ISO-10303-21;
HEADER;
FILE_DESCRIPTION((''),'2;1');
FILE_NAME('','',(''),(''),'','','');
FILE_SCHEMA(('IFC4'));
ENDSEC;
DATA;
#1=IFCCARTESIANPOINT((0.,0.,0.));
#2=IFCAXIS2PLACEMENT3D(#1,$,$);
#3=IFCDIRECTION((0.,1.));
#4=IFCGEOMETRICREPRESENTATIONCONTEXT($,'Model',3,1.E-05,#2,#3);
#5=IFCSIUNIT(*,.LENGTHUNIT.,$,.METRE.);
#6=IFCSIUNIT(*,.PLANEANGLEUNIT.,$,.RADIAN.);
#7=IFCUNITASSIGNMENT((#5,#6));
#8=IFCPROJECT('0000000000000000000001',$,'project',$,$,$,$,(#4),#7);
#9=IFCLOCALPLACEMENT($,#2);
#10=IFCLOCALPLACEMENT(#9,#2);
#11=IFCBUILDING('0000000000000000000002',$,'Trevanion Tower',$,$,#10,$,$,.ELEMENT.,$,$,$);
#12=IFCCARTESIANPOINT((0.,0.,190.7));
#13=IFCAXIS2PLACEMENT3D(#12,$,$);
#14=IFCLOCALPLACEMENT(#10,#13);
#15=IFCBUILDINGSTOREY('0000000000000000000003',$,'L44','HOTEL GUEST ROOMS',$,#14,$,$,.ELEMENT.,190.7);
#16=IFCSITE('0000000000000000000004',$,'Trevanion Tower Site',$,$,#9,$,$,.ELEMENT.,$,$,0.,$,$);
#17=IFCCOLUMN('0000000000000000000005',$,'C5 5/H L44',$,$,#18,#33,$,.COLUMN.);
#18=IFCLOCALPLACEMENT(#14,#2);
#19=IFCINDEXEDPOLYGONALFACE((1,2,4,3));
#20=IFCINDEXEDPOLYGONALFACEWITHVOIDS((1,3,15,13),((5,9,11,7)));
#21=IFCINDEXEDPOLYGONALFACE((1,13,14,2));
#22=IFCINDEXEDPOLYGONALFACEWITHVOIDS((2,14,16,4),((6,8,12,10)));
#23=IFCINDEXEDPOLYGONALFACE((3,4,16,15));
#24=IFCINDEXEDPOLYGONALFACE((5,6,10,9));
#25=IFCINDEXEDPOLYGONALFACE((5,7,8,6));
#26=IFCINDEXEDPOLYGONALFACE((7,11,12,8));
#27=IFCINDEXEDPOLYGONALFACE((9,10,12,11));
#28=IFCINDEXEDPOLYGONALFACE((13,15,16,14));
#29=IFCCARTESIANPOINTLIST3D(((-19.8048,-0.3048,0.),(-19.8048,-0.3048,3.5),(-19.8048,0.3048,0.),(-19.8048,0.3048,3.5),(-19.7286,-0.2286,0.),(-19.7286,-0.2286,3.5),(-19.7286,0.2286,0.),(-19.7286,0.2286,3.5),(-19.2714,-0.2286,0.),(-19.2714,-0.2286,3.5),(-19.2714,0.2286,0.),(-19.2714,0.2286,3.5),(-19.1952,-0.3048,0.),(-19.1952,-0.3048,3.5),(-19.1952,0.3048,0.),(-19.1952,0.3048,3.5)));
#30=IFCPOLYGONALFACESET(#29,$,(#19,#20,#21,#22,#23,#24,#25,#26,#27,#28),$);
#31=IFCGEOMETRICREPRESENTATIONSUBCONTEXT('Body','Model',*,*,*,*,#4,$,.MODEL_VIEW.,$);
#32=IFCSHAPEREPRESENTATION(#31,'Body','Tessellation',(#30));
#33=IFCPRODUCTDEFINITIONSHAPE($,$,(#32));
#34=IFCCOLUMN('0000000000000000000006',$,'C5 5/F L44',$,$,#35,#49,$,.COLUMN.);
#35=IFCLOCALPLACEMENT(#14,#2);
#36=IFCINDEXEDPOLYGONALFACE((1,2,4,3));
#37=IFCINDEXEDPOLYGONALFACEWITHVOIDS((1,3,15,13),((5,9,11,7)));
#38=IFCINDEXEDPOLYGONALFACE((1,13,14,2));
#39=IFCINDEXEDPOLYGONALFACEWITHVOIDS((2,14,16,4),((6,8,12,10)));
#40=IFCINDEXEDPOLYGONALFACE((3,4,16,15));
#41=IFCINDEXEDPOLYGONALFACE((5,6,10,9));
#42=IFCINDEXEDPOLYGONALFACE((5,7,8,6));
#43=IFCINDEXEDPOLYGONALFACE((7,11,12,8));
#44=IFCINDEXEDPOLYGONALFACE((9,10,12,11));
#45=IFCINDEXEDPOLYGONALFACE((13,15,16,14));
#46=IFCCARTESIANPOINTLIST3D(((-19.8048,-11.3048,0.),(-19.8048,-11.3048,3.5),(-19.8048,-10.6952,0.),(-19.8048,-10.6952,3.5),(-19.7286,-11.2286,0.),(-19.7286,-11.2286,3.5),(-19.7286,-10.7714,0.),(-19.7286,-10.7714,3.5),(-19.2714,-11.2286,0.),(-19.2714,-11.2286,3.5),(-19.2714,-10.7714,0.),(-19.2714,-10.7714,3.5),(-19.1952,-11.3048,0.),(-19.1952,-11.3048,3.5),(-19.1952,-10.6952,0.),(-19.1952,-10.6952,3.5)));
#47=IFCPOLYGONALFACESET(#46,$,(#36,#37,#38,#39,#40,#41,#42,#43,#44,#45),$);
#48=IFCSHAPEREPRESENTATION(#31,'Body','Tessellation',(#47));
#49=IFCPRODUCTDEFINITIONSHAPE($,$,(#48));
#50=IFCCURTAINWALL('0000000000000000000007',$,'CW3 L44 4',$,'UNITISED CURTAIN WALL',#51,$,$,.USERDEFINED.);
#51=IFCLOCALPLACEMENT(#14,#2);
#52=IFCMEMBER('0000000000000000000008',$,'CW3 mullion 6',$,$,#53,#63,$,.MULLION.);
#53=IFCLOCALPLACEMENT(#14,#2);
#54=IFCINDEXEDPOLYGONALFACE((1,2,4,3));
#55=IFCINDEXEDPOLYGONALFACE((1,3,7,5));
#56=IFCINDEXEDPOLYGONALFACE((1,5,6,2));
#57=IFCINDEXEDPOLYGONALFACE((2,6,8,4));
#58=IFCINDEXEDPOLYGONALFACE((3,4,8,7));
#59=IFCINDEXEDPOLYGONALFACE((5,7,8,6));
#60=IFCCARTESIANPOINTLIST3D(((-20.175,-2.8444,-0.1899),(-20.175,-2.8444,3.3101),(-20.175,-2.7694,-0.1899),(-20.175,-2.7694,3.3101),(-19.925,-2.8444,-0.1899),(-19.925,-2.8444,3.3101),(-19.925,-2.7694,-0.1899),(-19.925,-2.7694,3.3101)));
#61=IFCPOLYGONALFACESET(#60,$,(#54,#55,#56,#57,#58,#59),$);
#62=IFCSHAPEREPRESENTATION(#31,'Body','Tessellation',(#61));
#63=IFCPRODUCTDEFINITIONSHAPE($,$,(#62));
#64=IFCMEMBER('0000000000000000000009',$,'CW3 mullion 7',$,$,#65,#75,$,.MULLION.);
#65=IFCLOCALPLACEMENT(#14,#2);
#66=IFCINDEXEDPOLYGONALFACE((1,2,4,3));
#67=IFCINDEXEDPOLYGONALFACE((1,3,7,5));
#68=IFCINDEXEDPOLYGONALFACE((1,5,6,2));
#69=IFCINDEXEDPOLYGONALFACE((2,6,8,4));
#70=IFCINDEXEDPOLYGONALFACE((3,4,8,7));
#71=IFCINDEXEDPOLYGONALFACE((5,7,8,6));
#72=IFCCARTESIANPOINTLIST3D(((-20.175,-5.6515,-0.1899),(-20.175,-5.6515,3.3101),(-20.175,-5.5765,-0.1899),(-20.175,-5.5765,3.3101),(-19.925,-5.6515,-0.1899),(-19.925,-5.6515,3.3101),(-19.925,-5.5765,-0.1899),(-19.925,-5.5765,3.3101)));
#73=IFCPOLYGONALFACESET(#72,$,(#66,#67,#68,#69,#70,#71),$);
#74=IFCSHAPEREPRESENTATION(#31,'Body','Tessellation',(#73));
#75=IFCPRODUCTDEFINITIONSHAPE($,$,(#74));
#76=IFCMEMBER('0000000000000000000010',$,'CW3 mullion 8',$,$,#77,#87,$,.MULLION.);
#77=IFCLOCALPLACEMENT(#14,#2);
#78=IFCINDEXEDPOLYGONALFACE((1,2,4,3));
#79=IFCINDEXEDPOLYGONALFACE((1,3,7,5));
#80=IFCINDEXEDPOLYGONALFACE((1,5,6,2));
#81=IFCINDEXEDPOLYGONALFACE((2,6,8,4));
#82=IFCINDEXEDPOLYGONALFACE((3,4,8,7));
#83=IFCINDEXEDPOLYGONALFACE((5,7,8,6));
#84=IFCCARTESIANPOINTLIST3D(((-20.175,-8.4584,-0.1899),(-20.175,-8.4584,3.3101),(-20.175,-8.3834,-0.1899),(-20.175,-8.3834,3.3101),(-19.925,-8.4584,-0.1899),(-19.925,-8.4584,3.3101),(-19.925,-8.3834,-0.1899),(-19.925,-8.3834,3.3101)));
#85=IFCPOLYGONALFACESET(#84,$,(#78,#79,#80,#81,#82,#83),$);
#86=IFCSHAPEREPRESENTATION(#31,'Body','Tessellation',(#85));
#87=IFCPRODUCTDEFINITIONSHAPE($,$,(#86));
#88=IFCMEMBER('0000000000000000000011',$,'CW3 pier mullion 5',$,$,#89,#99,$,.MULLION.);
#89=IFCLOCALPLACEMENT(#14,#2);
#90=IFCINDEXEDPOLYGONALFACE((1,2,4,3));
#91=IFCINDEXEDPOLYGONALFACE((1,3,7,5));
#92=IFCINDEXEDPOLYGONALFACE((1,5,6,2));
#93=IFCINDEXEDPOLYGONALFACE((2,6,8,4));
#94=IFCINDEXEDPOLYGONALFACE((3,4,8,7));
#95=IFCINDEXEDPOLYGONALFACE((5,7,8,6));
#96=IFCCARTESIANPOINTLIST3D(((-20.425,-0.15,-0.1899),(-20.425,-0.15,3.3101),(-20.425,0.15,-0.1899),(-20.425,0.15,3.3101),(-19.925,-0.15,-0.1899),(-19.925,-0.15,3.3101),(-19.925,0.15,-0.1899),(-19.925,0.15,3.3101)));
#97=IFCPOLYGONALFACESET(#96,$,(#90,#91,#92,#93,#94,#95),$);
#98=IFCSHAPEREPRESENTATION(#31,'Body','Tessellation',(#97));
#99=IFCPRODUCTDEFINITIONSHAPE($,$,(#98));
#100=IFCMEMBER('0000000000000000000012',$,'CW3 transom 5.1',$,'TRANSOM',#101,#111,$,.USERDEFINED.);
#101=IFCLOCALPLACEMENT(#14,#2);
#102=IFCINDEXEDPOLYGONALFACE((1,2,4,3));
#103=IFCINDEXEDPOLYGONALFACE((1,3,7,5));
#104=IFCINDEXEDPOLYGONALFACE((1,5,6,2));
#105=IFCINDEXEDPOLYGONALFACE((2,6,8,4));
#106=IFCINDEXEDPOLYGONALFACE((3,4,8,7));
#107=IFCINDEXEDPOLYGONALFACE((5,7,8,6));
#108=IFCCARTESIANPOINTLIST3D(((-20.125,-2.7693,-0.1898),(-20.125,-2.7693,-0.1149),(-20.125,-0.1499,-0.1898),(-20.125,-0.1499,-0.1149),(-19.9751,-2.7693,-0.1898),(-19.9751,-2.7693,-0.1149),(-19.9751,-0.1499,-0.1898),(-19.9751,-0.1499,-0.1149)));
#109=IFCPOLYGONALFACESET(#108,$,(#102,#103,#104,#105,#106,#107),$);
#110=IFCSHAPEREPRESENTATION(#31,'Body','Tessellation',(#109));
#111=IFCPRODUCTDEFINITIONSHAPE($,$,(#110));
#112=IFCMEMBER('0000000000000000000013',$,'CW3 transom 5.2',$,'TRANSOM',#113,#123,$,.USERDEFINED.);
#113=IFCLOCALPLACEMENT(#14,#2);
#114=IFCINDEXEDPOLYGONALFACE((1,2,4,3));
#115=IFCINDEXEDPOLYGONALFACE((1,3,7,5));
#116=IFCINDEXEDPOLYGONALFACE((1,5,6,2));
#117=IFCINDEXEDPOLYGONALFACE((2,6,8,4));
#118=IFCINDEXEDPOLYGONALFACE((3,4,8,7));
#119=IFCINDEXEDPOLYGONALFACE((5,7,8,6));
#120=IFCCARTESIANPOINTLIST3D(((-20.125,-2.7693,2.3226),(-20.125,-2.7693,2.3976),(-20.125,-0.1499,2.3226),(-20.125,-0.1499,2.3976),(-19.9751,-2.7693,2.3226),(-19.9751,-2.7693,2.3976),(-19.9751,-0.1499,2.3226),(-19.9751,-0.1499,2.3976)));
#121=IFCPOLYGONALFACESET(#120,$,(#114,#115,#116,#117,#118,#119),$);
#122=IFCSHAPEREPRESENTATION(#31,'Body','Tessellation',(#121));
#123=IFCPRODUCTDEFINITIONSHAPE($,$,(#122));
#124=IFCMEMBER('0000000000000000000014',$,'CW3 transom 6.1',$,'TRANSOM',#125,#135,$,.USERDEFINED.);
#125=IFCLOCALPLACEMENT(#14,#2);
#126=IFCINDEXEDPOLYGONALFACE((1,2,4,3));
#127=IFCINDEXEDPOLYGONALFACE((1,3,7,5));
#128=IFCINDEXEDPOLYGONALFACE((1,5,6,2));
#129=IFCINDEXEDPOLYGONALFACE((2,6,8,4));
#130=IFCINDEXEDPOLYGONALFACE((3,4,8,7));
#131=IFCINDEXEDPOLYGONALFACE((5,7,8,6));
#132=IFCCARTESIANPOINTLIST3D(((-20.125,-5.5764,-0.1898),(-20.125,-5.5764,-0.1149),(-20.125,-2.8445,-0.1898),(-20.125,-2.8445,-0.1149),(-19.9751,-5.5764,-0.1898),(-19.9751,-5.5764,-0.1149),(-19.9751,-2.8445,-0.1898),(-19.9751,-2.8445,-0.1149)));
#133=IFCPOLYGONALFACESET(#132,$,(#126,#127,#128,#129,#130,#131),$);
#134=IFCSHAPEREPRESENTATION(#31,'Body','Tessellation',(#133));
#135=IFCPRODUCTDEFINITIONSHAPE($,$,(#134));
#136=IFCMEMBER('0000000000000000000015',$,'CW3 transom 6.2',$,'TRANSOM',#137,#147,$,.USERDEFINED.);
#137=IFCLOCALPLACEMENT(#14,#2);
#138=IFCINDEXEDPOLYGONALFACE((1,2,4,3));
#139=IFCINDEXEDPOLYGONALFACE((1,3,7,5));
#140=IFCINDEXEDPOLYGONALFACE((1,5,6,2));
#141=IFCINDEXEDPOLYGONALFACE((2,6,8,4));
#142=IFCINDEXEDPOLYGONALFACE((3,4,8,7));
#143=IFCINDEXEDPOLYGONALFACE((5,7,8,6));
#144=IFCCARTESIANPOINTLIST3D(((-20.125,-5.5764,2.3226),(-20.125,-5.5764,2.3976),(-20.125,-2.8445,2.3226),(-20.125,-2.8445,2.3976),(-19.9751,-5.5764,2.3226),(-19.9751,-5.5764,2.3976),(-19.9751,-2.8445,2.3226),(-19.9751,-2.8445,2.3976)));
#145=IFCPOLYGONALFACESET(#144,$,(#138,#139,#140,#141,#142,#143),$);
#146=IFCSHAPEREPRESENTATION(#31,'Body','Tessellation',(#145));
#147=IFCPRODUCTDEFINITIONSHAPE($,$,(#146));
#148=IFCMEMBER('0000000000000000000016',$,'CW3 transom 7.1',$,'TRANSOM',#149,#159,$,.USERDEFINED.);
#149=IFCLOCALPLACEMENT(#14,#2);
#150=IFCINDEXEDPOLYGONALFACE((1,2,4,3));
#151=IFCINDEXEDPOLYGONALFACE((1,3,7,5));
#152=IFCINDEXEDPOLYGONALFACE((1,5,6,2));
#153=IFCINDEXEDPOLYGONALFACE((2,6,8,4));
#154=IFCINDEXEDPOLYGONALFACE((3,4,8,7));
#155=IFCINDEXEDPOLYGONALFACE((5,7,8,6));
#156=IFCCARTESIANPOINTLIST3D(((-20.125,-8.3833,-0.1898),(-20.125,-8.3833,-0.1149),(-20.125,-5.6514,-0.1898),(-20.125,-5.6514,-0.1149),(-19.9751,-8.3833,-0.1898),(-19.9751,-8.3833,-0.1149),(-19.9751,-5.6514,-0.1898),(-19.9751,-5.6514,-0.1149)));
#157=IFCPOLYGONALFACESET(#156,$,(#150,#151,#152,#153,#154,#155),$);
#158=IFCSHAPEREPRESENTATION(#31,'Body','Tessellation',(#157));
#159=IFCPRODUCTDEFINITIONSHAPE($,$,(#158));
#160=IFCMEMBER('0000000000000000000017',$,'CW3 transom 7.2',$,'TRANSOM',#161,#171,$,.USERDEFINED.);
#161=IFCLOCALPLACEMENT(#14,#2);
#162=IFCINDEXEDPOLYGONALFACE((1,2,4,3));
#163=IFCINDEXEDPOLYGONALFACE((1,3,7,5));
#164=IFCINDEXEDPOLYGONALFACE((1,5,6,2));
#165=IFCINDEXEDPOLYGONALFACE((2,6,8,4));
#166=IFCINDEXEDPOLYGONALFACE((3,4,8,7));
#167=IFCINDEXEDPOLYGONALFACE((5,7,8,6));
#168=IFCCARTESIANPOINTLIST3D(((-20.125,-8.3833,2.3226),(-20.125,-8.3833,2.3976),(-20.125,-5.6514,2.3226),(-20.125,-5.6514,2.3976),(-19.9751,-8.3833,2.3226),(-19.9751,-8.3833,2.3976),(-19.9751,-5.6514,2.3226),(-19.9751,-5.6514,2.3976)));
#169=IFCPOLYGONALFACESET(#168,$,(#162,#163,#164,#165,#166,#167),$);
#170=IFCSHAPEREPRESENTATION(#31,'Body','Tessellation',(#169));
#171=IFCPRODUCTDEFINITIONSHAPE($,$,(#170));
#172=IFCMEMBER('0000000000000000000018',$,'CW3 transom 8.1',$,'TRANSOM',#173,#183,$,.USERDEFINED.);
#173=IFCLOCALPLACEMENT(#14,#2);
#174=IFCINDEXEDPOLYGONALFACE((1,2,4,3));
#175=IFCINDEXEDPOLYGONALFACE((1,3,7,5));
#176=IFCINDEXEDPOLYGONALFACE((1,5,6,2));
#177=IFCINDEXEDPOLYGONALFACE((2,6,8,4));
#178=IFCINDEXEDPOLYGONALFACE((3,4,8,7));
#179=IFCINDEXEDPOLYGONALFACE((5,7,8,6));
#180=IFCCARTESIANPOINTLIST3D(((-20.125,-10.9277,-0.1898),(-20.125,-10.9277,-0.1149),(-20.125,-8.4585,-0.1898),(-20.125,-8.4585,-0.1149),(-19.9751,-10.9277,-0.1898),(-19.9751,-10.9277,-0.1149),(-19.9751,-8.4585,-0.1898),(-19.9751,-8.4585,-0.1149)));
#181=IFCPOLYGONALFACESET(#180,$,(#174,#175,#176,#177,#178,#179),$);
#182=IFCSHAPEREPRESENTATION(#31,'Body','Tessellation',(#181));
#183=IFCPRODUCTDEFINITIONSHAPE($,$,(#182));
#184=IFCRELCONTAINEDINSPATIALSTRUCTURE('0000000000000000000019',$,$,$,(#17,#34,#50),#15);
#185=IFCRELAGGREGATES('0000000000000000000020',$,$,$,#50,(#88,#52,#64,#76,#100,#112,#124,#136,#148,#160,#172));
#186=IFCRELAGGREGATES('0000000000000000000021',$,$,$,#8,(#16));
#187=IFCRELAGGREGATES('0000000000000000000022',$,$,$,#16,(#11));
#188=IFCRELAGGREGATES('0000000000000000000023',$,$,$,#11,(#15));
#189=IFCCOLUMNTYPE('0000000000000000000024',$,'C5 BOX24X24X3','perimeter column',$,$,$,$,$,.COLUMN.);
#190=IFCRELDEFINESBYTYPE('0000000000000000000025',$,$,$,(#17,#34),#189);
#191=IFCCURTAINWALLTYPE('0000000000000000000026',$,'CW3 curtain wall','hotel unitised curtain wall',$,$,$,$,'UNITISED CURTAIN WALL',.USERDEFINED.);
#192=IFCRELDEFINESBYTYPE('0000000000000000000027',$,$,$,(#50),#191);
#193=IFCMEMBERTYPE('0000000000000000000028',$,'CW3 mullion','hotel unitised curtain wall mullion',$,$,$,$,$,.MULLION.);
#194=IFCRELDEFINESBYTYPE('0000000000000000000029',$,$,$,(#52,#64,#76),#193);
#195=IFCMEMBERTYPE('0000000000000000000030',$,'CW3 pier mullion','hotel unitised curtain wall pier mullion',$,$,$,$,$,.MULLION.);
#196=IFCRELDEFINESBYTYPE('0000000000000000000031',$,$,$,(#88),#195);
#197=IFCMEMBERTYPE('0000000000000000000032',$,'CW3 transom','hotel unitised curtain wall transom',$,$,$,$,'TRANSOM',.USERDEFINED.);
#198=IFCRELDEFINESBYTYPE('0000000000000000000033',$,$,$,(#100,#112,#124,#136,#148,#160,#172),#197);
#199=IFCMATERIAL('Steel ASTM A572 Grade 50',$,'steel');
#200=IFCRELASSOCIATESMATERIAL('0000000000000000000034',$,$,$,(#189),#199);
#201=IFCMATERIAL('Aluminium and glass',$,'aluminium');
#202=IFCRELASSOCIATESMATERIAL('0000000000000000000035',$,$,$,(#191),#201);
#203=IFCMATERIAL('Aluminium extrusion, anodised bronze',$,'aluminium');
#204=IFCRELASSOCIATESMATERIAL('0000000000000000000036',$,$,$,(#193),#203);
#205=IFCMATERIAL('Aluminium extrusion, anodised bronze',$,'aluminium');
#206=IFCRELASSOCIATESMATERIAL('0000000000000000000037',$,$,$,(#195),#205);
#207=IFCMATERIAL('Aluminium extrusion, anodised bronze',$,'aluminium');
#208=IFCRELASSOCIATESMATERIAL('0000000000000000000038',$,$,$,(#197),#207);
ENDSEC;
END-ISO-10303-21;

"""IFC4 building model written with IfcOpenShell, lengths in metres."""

from ifc_helpers import new_model, si_unit, direction, frame, origin, origin_2d, place, context, subcontext, project, spatial, rectangle, hollow_rectangle, extrude, material, material_profile, profile_set, type_object, element, aggregate, save


model = new_model("IFC4")

# Units and contexts
model_context = context("Model", 3, precision=1e-05, world=origin(), true_north=direction((0.0, 1.0)))
body_context = subcontext(model_context, "Body", "Model", "MODEL_VIEW")
ifc_project = project(units=[si_unit("LENGTHUNIT", "METRE"), si_unit("PLANEANGLEUNIT", "RADIAN")], contexts=[model_context])

# Site, building, storey
site_placement = place(None, origin())
site = spatial("IfcSite", under=ifc_project, at=site_placement, Name="Trevanion Tower Site", CompositionType="ELEMENT", RefElevation=0.0)
building_placement = place(site_placement, origin())
building = spatial("IfcBuilding", under=site, at=building_placement, Name="Trevanion Tower", CompositionType="ELEMENT")
storey_placement = place(building_placement, frame((0.0, 0.0, 190.7)))
storey = spatial("IfcBuildingStorey", under=building, at=storey_placement, Name="L44", Description="HOTEL GUEST ROOMS", CompositionType="ELEMENT", Elevation=190.7)

# Columns
ifc_material_1 = material(Name="Steel ASTM A572 Grade 50", Category="steel")
ifc_material_profile_1 = material_profile(ifc_material_1, hollow_rectangle(XDim=0.6096, YDim=0.6096, WallThickness=0.0762, at=origin_2d()), Name="BOX24X24X3")
ifc_profile_set_1 = profile_set([ifc_material_profile_1], Name="Steel ASTM A572 Grade 50")
column_type = type_object("IfcColumnType", Name="C5 BOX24X24X3", Description="perimeter column", PredefinedType="COLUMN", material=ifc_profile_set_1)
for number, where, z_axis, x_axis, name in (
    (1, (-19.5, 0.0, 0.0), (0.0, 0.0, 1.0), (0.0, 1.0, 0.0), "C5 5/H L44"),
    (2, (-19.5, -11.0, 0.0), (0.0, 0.0, 1.0), (0.0, 1.0, 0.0), "C5 5/F L44"),
):
    element("IfcColumn", number, at=place(storey_placement, frame(where, z_axis=z_axis, x_axis=x_axis)), inside=storey, type_object=column_type, Name=name, PredefinedType="COLUMN", context=body_context, shape_type="SweptSolid", body=[
        extrude(hollow_rectangle(XDim=0.6096, YDim=0.6096, WallThickness=0.0762, at=origin_2d()), origin(), (0.0, 0.0, 1.0), 3.5),
    ])

# Curtain wall, members
ifc_material_2 = material(Name="Aluminium and glass", Category="aluminium")
curtain_wall_type = type_object("IfcCurtainWallType", Name="CW3 curtain wall", Description="hotel unitised curtain wall", ElementType="UNITISED CURTAIN WALL", PredefinedType="USERDEFINED", material=ifc_material_2)
curtain_wall_placement = place(storey_placement, origin())
curtain_wall = element("IfcCurtainWall", 3, at=curtain_wall_placement, inside=storey, type_object=curtain_wall_type, Name="CW3 L44 4", ObjectType="UNITISED CURTAIN WALL", PredefinedType="USERDEFINED")
ifc_material_3 = material(Name="Aluminium extrusion, anodised bronze", Category="aluminium")
ifc_material_profile_2 = material_profile(ifc_material_3, rectangle(XDim=0.075, YDim=0.25, at=origin_2d()), Name="CW3 mullion")
ifc_profile_set_2 = profile_set([ifc_material_profile_2], Name="Aluminium extrusion, anodised bronze")
member_type_1 = type_object("IfcMemberType", Name="CW3 mullion", Description="hotel unitised curtain wall mullion", PredefinedType="MULLION", material=ifc_profile_set_2)
member_1_placement = place(storey_placement, frame((-20.05, -2.8069, -0.1899), z_axis=(0.0, 0.0, 1.0), x_axis=(0.0, -1.0, 0.0)))
member_1 = element("IfcMember", 4, at=member_1_placement, type_object=member_type_1, Name="CW3 mullion 6", PredefinedType="MULLION", context=body_context, shape_type="SweptSolid", body=[
    extrude(rectangle(XDim=0.075, YDim=0.25, at=origin_2d()), origin(), (0.0, 0.0, 1.0), 3.5),
])
member_2_placement = place(storey_placement, frame((-20.05, -5.614, -0.1899), z_axis=(0.0, 0.0, 1.0), x_axis=(0.0, -1.0, 0.0)))
member_2 = element("IfcMember", 5, at=member_2_placement, type_object=member_type_1, Name="CW3 mullion 7", PredefinedType="MULLION", context=body_context, shape_type="SweptSolid", body=[
    extrude(rectangle(XDim=0.075, YDim=0.25, at=origin_2d()), origin(), (0.0, 0.0, 1.0), 3.5),
])
member_3_placement = place(storey_placement, frame((-20.05, -8.4209, -0.1899), z_axis=(0.0, 0.0, 1.0), x_axis=(0.0, -1.0, 0.0)))
member_3 = element("IfcMember", 6, at=member_3_placement, type_object=member_type_1, Name="CW3 mullion 8", PredefinedType="MULLION", context=body_context, shape_type="SweptSolid", body=[
    extrude(rectangle(XDim=0.075, YDim=0.25, at=origin_2d()), origin(), (0.0, 0.0, 1.0), 3.5),
])
ifc_material_4 = material(Name="Aluminium extrusion, anodised bronze", Category="aluminium")
ifc_material_profile_3 = material_profile(ifc_material_4, rectangle(XDim=0.3, YDim=0.5, at=origin_2d()), Name="CW3 pier mullion")
ifc_profile_set_3 = profile_set([ifc_material_profile_3], Name="Aluminium extrusion, anodised bronze")
member_type_2 = type_object("IfcMemberType", Name="CW3 pier mullion", Description="hotel unitised curtain wall pier mullion", PredefinedType="MULLION", material=ifc_profile_set_3)
member_4_placement = place(storey_placement, frame((-20.175, 0.0, -0.1899), z_axis=(0.0, 0.0, 1.0), x_axis=(0.0, -1.0, 0.0)))
member_4 = element("IfcMember", 7, at=member_4_placement, type_object=member_type_2, Name="CW3 pier mullion 5", PredefinedType="MULLION", context=body_context, shape_type="SweptSolid", body=[
    extrude(rectangle(XDim=0.3, YDim=0.5, at=origin_2d()), origin(), (0.0, 0.0, 1.0), 3.5),
])
ifc_material_5 = material(Name="Aluminium extrusion, anodised bronze", Category="aluminium")
ifc_material_profile_4 = material_profile(ifc_material_5, rectangle(XDim=0.1499, YDim=0.075, at=origin_2d()), Name="CW3 transom")
ifc_profile_set_4 = profile_set([ifc_material_profile_4], Name="Aluminium extrusion, anodised bronze")
member_type_3 = type_object("IfcMemberType", Name="CW3 transom", Description="hotel unitised curtain wall transom", ElementType="TRANSOM", PredefinedType="USERDEFINED", material=ifc_profile_set_4)
member_5_placement = place(storey_placement, frame((-20.05, -0.1499, -0.1523), z_axis=(0.0, -1.0, 0.0), x_axis=(1.0, 0.0, 0.0)))
member_5 = element("IfcMember", 8, at=member_5_placement, type_object=member_type_3, Name="CW3 transom 5.1", ObjectType="TRANSOM", PredefinedType="USERDEFINED", context=body_context, shape_type="SweptSolid", body=[
    extrude(rectangle(XDim=0.1499, YDim=0.075, at=origin_2d()), origin(), (0.0, 0.0, 1.0), 2.6194),
])
member_6_placement = place(storey_placement, frame((-20.05, -0.1499, 2.3601), z_axis=(0.0, -1.0, 0.0), x_axis=(1.0, 0.0, 0.0)))
member_6 = element("IfcMember", 9, at=member_6_placement, type_object=member_type_3, Name="CW3 transom 5.2", ObjectType="TRANSOM", PredefinedType="USERDEFINED", context=body_context, shape_type="SweptSolid", body=[
    extrude(rectangle(XDim=0.1499, YDim=0.075, at=origin_2d()), origin(), (0.0, 0.0, 1.0), 2.6194),
])
member_7_placement = place(storey_placement, frame((-20.05, -2.8445, -0.1523), z_axis=(0.0, -1.0, 0.0), x_axis=(1.0, 0.0, 0.0)))
member_7 = element("IfcMember", 10, at=member_7_placement, type_object=member_type_3, Name="CW3 transom 6.1", ObjectType="TRANSOM", PredefinedType="USERDEFINED", context=body_context, shape_type="SweptSolid", body=[
    extrude(rectangle(XDim=0.1499, YDim=0.075, at=origin_2d()), origin(), (0.0, 0.0, 1.0), 2.7319),
])
member_8_placement = place(storey_placement, frame((-20.05, -2.8445, 2.3601), z_axis=(0.0, -1.0, 0.0), x_axis=(1.0, 0.0, 0.0)))
member_8 = element("IfcMember", 11, at=member_8_placement, type_object=member_type_3, Name="CW3 transom 6.2", ObjectType="TRANSOM", PredefinedType="USERDEFINED", context=body_context, shape_type="SweptSolid", body=[
    extrude(rectangle(XDim=0.1499, YDim=0.075, at=origin_2d()), origin(), (0.0, 0.0, 1.0), 2.7319),
])
member_9_placement = place(storey_placement, frame((-20.05, -5.6514, -0.1523), z_axis=(0.0, -1.0, 0.0), x_axis=(1.0, 0.0, 0.0)))
member_9 = element("IfcMember", 12, at=member_9_placement, type_object=member_type_3, Name="CW3 transom 7.1", ObjectType="TRANSOM", PredefinedType="USERDEFINED", context=body_context, shape_type="SweptSolid", body=[
    extrude(rectangle(XDim=0.1499, YDim=0.075, at=origin_2d()), origin(), (0.0, 0.0, 1.0), 2.7319),
])
member_10_placement = place(storey_placement, frame((-20.05, -5.6514, 2.3601), z_axis=(0.0, -1.0, 0.0), x_axis=(1.0, 0.0, 0.0)))
member_10 = element("IfcMember", 13, at=member_10_placement, type_object=member_type_3, Name="CW3 transom 7.2", ObjectType="TRANSOM", PredefinedType="USERDEFINED", context=body_context, shape_type="SweptSolid", body=[
    extrude(rectangle(XDim=0.1499, YDim=0.075, at=origin_2d()), origin(), (0.0, 0.0, 1.0), 2.7319),
])
member_11_placement = place(storey_placement, frame((-20.05, -8.4585, -0.1523), z_axis=(0.0, -1.0, 0.0), x_axis=(1.0, 0.0, 0.0)))
member_11 = element("IfcMember", 14, at=member_11_placement, type_object=member_type_3, Name="CW3 transom 8.1", ObjectType="TRANSOM", PredefinedType="USERDEFINED", context=body_context, shape_type="SweptSolid", body=[
    extrude(rectangle(XDim=0.1499, YDim=0.075, at=origin_2d()), origin(), (0.0, 0.0, 1.0), 2.4692),
])

aggregate(curtain_wall, [member_4, member_1, member_2, member_3, member_5, member_6, member_7, member_8, member_9, member_10, member_11])

save(model, "model.ifc")
